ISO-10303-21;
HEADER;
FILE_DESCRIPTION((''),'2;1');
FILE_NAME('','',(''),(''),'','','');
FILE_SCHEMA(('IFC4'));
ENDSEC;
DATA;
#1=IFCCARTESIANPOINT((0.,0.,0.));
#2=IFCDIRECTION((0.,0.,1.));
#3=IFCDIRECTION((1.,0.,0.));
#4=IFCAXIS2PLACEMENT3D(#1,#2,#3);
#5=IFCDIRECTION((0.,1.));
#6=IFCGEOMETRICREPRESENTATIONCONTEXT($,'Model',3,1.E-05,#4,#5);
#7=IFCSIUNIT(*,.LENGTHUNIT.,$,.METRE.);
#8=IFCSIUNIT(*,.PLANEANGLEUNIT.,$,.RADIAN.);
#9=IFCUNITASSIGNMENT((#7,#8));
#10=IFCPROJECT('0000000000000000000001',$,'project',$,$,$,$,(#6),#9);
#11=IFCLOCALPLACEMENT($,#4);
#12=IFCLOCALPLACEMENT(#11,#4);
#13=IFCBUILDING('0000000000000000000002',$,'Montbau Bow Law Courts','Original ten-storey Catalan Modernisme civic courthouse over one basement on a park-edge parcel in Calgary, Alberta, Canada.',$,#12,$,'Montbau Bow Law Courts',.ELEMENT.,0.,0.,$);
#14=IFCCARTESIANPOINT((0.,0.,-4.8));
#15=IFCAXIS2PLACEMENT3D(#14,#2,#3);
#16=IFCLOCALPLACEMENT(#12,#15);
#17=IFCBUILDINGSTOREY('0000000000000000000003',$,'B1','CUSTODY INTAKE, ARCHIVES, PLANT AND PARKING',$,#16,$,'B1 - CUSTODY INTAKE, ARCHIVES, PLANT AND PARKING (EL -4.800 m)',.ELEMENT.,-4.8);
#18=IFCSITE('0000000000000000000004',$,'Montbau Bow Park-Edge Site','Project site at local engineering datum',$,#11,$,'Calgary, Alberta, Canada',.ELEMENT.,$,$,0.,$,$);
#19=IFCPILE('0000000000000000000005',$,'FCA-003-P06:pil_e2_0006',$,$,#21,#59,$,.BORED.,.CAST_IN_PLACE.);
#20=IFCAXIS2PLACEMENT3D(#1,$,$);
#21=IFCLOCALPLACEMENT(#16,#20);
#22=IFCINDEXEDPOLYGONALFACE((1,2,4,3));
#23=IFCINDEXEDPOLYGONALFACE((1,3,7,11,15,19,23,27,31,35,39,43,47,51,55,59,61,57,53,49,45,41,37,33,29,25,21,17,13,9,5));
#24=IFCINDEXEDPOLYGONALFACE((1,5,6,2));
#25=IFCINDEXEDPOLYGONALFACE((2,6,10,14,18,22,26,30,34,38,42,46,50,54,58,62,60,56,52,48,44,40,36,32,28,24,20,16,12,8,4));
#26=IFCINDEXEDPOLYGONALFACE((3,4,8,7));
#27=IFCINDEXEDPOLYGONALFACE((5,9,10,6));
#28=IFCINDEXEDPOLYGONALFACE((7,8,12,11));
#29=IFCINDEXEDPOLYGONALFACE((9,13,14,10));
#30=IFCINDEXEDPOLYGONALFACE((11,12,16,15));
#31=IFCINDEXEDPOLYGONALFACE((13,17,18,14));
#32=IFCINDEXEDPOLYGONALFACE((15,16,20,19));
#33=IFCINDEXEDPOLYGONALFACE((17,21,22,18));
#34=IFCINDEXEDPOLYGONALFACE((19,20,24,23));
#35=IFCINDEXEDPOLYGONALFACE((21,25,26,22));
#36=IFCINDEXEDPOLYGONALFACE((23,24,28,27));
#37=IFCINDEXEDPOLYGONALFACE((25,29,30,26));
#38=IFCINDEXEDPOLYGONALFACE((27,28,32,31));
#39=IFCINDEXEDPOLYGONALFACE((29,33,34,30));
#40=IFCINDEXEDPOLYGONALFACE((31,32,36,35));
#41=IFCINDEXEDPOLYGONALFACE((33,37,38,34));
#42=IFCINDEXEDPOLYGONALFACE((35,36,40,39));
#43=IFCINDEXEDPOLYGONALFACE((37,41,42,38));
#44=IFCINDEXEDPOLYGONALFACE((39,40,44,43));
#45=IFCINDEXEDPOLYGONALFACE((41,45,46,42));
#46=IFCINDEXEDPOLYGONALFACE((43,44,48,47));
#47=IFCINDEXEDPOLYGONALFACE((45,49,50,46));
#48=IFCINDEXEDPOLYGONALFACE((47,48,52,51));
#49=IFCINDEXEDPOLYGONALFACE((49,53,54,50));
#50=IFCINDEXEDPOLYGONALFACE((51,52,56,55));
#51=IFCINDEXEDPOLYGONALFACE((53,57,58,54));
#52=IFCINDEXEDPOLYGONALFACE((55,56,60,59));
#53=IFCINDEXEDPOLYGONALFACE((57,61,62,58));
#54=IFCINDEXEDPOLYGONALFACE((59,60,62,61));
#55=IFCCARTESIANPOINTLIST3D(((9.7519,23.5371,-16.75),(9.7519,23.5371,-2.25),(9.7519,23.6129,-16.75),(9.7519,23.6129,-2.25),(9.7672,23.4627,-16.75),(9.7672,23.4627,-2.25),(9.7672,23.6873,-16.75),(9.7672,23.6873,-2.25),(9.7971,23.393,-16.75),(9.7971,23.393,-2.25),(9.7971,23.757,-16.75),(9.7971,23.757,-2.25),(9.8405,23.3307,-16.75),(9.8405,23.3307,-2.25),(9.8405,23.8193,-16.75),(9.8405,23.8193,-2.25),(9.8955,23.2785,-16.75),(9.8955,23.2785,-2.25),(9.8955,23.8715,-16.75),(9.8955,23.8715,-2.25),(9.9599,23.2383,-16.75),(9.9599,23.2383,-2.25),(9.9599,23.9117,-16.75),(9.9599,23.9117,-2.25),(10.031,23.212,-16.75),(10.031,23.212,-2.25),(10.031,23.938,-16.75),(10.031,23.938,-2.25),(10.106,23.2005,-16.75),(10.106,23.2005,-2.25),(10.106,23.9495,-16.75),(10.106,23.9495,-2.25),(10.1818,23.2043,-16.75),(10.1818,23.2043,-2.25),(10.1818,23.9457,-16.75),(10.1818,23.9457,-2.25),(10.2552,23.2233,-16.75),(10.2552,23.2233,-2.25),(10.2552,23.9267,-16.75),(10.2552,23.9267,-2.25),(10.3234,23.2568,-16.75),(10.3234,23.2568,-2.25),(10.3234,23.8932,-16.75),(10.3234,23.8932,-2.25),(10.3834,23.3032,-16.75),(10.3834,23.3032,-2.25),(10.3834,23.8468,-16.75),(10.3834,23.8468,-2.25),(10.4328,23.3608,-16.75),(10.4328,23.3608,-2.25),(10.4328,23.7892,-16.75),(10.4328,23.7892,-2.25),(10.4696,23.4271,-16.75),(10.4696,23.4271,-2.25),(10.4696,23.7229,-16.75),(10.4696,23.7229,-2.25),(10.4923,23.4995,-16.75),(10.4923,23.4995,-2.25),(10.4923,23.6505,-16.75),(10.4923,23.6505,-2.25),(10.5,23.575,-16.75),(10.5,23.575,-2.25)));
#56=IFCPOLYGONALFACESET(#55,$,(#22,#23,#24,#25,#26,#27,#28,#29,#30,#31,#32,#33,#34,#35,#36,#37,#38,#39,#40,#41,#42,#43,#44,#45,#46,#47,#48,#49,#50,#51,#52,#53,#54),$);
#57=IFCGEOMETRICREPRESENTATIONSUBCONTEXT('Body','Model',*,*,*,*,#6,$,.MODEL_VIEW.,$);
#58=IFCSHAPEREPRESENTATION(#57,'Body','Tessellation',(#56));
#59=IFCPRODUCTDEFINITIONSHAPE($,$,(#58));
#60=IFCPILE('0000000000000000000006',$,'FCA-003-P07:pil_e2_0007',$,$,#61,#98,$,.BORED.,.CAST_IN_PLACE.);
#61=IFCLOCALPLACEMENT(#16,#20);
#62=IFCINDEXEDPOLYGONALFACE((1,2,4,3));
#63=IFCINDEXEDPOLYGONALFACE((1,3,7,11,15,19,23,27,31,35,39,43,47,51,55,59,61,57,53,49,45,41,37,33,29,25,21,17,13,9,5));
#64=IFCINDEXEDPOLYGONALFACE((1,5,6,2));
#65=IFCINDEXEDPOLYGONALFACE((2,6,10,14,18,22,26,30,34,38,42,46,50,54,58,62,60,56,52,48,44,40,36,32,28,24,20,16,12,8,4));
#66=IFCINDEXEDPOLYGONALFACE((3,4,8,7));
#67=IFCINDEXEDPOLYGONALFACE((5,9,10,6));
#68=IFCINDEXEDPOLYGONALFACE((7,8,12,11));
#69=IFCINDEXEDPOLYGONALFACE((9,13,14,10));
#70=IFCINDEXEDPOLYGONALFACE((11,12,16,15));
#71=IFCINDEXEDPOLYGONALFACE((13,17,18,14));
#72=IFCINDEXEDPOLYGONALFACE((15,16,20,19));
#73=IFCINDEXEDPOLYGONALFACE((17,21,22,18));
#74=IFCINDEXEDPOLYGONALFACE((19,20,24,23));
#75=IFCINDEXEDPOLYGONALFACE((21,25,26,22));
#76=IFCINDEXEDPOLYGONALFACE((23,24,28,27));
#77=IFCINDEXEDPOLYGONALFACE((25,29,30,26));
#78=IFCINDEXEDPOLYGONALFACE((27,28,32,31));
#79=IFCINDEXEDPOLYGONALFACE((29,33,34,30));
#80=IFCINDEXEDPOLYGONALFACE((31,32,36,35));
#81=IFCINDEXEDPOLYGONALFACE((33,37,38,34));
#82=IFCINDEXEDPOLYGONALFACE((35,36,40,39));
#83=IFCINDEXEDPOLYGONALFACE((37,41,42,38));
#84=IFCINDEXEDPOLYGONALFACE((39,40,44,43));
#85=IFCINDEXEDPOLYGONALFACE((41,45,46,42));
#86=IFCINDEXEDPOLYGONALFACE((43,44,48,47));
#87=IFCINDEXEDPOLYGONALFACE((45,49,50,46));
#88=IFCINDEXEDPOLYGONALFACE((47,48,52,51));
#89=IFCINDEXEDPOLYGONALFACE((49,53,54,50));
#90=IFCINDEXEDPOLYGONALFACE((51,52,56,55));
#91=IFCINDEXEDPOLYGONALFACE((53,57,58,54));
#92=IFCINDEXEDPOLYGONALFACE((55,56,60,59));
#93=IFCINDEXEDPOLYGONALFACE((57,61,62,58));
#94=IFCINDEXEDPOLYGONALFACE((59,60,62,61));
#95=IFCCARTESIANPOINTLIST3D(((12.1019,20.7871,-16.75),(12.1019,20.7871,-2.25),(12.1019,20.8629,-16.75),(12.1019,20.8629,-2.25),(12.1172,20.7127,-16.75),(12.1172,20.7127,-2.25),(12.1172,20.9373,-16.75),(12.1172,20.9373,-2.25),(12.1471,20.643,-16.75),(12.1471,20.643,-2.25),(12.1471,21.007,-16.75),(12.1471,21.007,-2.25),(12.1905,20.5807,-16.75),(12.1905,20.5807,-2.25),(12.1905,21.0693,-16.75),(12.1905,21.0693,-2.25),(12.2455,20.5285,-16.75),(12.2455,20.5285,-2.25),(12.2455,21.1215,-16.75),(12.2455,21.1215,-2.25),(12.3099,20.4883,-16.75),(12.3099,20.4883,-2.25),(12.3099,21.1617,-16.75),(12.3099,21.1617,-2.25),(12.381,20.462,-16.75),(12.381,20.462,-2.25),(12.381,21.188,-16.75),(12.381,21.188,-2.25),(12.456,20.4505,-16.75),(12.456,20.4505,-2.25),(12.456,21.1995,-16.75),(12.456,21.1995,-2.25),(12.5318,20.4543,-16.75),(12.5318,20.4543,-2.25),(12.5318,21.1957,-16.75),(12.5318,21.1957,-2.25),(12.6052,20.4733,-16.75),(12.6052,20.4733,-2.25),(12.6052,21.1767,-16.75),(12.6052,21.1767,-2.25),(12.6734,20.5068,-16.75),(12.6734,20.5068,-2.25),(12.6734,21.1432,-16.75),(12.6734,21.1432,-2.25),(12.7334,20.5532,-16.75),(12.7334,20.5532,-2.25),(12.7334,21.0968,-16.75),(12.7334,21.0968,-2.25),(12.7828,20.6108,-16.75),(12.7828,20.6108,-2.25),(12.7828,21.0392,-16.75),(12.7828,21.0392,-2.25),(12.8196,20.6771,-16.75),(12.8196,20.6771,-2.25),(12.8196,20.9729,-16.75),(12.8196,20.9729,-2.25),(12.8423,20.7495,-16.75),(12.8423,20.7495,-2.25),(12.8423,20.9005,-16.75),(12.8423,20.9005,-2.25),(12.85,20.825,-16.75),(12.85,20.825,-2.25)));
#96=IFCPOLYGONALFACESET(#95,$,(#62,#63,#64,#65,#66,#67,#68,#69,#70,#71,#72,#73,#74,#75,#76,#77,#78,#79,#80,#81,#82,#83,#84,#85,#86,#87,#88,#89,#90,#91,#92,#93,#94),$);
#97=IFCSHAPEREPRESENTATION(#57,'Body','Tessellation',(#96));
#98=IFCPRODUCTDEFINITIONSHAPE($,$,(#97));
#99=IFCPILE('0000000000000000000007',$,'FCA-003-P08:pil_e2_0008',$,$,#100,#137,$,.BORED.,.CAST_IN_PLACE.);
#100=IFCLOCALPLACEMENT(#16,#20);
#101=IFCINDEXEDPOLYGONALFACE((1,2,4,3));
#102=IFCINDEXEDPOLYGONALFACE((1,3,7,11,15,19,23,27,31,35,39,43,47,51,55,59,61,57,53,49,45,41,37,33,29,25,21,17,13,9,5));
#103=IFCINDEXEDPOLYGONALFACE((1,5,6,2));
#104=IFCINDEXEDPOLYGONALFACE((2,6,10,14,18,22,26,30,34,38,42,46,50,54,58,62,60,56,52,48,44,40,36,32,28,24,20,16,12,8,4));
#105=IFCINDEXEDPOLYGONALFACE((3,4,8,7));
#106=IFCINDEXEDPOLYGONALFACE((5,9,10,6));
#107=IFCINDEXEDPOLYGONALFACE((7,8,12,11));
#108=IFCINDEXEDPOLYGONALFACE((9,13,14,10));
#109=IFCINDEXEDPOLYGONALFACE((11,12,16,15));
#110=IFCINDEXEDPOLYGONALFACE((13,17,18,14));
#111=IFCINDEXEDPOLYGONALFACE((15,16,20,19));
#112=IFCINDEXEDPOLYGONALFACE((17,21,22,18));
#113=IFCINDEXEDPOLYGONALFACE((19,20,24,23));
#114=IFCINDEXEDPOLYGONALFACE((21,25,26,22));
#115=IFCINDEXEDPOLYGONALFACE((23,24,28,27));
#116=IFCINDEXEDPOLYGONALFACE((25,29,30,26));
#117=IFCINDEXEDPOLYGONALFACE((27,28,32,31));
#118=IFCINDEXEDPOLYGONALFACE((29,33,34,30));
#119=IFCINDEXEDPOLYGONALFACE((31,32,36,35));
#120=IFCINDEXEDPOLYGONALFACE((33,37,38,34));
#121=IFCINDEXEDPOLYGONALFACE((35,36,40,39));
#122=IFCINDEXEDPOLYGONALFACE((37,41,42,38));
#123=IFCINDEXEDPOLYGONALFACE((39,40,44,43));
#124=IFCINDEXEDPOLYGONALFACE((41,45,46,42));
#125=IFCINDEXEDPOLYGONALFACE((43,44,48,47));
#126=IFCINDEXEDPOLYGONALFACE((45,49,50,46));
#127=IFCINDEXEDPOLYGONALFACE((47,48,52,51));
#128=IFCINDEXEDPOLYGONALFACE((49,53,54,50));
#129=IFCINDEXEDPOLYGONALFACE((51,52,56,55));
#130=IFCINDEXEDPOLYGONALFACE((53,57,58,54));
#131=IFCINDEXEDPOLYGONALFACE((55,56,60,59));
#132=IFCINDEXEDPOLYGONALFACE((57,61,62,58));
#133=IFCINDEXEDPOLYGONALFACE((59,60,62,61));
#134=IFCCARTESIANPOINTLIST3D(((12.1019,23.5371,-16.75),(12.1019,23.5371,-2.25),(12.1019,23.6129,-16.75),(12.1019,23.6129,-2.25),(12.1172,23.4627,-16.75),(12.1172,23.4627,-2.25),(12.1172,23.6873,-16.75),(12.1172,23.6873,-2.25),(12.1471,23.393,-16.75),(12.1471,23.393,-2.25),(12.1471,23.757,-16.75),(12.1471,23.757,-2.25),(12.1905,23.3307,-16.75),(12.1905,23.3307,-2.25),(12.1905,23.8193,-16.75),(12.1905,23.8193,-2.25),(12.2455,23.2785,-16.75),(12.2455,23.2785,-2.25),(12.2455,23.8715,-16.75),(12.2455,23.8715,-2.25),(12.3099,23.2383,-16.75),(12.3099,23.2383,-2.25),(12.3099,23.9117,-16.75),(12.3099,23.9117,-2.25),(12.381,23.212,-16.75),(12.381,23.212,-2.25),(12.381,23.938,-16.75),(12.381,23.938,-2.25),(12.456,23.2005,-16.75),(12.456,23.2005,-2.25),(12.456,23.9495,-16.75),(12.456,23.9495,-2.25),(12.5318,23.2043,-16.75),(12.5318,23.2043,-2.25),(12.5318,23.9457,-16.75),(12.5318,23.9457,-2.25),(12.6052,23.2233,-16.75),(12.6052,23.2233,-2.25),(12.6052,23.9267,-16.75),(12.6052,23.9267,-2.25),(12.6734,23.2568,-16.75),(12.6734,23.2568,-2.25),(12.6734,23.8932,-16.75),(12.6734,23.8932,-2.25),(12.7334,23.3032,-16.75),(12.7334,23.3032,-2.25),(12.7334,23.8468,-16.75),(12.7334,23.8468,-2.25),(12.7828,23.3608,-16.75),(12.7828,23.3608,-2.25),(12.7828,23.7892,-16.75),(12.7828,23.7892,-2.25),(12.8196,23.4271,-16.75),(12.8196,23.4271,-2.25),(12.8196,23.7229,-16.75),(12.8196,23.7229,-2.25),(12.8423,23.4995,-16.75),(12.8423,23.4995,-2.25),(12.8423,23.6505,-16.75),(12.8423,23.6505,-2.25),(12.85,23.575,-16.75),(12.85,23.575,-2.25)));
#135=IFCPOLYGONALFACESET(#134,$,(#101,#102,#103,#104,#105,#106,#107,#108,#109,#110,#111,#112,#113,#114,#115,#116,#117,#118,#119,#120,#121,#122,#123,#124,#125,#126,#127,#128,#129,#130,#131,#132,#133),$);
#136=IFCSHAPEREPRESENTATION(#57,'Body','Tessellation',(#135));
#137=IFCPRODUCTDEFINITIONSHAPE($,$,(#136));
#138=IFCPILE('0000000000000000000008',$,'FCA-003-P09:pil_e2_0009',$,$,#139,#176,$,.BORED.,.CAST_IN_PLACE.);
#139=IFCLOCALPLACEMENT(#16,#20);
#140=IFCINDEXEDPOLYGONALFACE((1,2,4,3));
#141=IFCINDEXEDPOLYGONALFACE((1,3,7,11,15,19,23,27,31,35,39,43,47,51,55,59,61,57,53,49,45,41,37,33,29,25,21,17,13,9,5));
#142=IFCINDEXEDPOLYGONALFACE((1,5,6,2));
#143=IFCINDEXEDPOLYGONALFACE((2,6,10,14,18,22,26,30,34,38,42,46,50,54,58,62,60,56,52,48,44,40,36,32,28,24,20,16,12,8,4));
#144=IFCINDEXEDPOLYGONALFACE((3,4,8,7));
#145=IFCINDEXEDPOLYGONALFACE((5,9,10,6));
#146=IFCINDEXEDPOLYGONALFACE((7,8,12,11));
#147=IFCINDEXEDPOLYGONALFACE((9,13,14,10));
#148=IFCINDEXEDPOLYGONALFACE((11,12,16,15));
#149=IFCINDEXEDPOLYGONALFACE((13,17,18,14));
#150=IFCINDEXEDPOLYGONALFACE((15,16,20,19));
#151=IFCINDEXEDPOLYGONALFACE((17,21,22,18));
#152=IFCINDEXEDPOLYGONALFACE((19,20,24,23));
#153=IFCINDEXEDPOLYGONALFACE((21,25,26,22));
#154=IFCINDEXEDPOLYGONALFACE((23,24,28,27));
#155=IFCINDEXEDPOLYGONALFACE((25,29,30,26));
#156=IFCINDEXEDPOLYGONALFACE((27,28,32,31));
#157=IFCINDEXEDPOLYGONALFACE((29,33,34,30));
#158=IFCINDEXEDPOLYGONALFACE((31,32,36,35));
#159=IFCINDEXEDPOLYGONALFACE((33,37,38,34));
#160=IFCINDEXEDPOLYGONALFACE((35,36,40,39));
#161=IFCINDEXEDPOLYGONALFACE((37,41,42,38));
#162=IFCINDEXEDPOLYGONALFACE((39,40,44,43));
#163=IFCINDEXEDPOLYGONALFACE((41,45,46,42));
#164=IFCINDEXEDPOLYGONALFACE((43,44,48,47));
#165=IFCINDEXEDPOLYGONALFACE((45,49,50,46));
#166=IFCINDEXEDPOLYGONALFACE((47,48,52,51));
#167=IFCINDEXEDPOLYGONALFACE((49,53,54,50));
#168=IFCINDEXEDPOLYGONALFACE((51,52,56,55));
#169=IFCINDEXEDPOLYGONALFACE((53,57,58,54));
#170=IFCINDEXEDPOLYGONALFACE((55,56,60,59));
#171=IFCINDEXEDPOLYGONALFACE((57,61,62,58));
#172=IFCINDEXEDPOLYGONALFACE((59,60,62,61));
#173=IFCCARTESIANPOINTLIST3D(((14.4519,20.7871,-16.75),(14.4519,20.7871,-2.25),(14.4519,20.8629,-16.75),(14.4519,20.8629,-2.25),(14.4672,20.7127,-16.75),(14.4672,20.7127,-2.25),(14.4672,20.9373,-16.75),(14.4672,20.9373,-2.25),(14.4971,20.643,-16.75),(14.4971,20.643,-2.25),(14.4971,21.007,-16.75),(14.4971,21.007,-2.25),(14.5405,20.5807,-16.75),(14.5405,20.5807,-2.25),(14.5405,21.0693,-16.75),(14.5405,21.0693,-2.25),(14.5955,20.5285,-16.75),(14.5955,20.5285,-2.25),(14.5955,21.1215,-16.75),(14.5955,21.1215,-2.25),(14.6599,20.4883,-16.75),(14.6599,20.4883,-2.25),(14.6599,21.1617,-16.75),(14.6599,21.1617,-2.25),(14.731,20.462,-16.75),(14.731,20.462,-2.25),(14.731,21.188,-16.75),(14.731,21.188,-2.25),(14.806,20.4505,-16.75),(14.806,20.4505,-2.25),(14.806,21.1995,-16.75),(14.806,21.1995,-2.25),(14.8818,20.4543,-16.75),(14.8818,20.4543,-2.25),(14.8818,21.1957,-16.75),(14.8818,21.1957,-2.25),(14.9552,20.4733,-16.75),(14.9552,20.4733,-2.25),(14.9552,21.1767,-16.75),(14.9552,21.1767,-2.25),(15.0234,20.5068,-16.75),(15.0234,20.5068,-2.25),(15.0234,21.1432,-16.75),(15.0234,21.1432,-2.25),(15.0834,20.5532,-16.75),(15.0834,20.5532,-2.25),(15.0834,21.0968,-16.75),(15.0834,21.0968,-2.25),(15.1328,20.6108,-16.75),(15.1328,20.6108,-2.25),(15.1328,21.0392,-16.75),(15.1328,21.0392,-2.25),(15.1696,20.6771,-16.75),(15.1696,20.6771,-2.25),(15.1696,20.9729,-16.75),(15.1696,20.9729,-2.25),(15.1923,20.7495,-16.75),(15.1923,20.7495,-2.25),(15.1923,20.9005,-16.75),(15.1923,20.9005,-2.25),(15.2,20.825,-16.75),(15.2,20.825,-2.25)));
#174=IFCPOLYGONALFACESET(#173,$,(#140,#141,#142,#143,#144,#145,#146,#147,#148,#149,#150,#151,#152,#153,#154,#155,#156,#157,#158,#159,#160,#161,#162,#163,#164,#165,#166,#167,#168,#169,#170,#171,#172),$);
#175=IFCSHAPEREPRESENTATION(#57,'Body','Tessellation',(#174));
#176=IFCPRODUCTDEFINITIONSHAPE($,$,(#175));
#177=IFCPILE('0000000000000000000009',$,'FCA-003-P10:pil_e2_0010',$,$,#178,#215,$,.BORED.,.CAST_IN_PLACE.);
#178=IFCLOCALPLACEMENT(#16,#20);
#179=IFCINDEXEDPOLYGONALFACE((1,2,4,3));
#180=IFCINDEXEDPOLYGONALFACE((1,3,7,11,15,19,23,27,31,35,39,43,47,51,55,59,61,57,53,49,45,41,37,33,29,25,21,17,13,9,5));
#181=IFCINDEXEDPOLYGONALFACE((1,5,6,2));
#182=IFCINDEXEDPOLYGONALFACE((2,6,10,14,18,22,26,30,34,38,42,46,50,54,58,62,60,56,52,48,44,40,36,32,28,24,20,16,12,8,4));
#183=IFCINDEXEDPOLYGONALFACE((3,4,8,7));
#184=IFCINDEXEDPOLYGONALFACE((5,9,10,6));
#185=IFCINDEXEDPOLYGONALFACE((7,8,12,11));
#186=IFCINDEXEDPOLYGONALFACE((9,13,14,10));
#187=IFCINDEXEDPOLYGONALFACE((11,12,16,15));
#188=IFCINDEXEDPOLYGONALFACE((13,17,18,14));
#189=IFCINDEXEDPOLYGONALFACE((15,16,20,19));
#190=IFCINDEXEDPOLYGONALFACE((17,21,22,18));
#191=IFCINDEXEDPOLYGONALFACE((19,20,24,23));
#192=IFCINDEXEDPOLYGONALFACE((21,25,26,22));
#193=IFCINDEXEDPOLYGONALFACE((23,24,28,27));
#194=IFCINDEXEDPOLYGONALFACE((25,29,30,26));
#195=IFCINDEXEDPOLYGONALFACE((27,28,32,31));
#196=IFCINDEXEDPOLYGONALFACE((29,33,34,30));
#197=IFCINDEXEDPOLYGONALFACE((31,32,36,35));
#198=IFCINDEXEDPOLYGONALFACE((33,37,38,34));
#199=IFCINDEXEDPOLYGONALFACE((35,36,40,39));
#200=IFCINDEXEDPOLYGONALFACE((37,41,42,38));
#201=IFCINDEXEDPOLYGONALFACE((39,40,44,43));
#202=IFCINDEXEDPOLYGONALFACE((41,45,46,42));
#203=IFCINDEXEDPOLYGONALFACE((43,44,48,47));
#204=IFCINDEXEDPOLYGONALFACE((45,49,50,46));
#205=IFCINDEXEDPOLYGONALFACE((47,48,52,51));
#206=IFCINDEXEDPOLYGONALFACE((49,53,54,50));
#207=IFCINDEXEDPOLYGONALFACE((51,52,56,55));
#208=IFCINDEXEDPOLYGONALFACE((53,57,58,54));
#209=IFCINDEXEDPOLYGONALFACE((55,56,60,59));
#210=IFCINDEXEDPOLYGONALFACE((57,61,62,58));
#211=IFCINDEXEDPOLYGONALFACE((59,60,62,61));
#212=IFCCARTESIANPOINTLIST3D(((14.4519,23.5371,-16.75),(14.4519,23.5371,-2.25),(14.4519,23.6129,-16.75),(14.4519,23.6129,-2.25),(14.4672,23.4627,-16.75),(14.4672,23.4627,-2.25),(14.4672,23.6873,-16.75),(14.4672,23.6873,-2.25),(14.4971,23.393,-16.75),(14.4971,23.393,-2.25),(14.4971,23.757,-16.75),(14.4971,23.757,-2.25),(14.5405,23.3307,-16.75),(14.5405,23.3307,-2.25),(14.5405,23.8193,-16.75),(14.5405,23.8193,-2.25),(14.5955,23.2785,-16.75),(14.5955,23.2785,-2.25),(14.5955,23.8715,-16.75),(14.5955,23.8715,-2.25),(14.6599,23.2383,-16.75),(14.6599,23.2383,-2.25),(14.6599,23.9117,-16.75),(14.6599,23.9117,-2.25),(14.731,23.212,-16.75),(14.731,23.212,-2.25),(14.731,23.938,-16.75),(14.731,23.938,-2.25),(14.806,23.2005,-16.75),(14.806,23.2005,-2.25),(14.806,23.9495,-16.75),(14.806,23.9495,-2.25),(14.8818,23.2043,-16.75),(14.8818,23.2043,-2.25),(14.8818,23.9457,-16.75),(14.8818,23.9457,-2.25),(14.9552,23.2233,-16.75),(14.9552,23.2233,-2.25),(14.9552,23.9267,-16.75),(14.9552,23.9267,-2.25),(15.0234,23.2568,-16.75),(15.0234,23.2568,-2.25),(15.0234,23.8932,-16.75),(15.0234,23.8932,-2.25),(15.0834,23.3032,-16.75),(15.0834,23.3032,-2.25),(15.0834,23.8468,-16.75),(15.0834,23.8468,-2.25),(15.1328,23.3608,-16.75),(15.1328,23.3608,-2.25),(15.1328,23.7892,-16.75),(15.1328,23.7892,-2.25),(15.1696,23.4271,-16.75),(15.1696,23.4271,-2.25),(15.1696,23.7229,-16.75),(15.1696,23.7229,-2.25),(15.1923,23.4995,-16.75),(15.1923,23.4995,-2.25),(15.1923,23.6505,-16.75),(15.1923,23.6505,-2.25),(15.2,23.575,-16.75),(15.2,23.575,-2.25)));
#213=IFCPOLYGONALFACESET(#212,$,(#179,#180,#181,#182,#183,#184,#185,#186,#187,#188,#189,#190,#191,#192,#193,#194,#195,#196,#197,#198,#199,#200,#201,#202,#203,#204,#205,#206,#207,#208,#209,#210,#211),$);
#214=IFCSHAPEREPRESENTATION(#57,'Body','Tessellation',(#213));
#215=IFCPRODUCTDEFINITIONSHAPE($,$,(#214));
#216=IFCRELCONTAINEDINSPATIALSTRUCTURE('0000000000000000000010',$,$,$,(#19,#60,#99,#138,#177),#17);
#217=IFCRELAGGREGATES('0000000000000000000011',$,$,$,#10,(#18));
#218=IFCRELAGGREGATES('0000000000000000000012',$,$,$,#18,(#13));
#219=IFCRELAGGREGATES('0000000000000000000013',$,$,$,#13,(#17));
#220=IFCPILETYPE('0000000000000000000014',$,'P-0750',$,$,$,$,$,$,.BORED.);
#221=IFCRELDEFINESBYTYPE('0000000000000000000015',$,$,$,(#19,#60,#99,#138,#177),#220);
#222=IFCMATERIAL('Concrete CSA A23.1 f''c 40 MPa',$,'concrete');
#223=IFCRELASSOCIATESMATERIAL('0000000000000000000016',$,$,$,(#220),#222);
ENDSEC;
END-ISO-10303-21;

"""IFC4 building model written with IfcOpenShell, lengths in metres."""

from ifc_helpers import new_model, si_unit, direction, frame, origin_with_axes, origin_2d_with_axis, place, context, subcontext, project, spatial, circle, extrude, material, material_profile, profile_set, type_object, element, save


model = new_model("IFC4")

# Units and contexts
model_context = context("Model", 3, precision=1e-05, world=origin_with_axes(), true_north=direction((0.0, 1.0)))
body_context = subcontext(model_context, "Body", "Model", "MODEL_VIEW")
ifc_project = project(units=[si_unit("LENGTHUNIT", "METRE"), si_unit("PLANEANGLEUNIT", "RADIAN")], contexts=[model_context])

# Site, building, storey
site_placement = place(None, origin_with_axes())
site = spatial("IfcSite", under=ifc_project, at=site_placement, Name="Montbau Bow Park-Edge Site", Description="Project site at local engineering datum", LongName="Calgary, Alberta, Canada", CompositionType="ELEMENT", RefElevation=0.0)
building_placement = place(site_placement, origin_with_axes())
building = spatial("IfcBuilding", under=site, at=building_placement, Name="Montbau Bow Law Courts", Description="Original ten-storey Catalan Modernisme civic courthouse over one basement on a park-edge parcel in Calgary, Alberta, Canada.", LongName="Montbau Bow Law Courts", CompositionType="ELEMENT", ElevationOfRefHeight=0.0, ElevationOfTerrain=0.0)
storey_placement = place(building_placement, frame((0.0, 0.0, -4.8), z_axis=(0.0, 0.0, 1.0), x_axis=(1.0, 0.0, 0.0)))
storey = spatial("IfcBuildingStorey", under=building, at=storey_placement, Name="B1", Description="CUSTODY INTAKE, ARCHIVES, PLANT AND PARKING", LongName="B1 - CUSTODY INTAKE, ARCHIVES, PLANT AND PARKING (EL -4.800 m)", CompositionType="ELEMENT", Elevation=-4.8)

# Piles
ifc_material_1 = material(Name="Concrete CSA A23.1 f'c 40 MPa", Category="concrete")
ifc_material_profile_1 = material_profile(ifc_material_1, circle(Radius=0.375, at=origin_2d_with_axis()), Name="BP750", Category="Main", Priority=0)
ifc_profile_set_1 = profile_set([ifc_material_profile_1], Name="Concrete CSA A23.1 f'c 40 MPa")
pile_type_1 = type_object("IfcPileType", Name="P-0750", PredefinedType="BORED", material=ifc_profile_set_1)
for number, where, z_axis, x_axis, name in (
    (1, (10.125, 23.575, -21.55), (0.0, 0.0, 1.0), (1.0, 0.0, 0.0), "FCA-003-P06:pil_e2_0006"),
    (2, (12.475, 20.825, -21.55), (0.0, 0.0, 1.0), (1.0, 0.0, 0.0), "FCA-003-P07:pil_e2_0007"),
    (3, (12.475, 23.575, -21.55), (0.0, 0.0, 1.0), (1.0, 0.0, 0.0), "FCA-003-P08:pil_e2_0008"),
    (4, (14.825, 20.825, -21.55), (0.0, 0.0, 1.0), (1.0, 0.0, 0.0), "FCA-003-P09:pil_e2_0009"),
    (5, (14.825, 23.575, -21.55), (0.0, 0.0, 1.0), (1.0, 0.0, 0.0), "FCA-003-P10:pil_e2_0010"),
):
    element("IfcPile", number, at=place(None, frame(where, z_axis=z_axis, x_axis=x_axis)), inside=storey, type_object=pile_type_1, Name=name, ConstructionType="CAST_IN_PLACE", PredefinedType="BORED", context=body_context, shape_type="SweptSolid", body=[
        extrude(circle(Radius=0.375, at=origin_2d_with_axis()), origin_with_axes(), (0.0, 0.0, 1.0), 14.5),
    ])

save(model, "model.ifc")
